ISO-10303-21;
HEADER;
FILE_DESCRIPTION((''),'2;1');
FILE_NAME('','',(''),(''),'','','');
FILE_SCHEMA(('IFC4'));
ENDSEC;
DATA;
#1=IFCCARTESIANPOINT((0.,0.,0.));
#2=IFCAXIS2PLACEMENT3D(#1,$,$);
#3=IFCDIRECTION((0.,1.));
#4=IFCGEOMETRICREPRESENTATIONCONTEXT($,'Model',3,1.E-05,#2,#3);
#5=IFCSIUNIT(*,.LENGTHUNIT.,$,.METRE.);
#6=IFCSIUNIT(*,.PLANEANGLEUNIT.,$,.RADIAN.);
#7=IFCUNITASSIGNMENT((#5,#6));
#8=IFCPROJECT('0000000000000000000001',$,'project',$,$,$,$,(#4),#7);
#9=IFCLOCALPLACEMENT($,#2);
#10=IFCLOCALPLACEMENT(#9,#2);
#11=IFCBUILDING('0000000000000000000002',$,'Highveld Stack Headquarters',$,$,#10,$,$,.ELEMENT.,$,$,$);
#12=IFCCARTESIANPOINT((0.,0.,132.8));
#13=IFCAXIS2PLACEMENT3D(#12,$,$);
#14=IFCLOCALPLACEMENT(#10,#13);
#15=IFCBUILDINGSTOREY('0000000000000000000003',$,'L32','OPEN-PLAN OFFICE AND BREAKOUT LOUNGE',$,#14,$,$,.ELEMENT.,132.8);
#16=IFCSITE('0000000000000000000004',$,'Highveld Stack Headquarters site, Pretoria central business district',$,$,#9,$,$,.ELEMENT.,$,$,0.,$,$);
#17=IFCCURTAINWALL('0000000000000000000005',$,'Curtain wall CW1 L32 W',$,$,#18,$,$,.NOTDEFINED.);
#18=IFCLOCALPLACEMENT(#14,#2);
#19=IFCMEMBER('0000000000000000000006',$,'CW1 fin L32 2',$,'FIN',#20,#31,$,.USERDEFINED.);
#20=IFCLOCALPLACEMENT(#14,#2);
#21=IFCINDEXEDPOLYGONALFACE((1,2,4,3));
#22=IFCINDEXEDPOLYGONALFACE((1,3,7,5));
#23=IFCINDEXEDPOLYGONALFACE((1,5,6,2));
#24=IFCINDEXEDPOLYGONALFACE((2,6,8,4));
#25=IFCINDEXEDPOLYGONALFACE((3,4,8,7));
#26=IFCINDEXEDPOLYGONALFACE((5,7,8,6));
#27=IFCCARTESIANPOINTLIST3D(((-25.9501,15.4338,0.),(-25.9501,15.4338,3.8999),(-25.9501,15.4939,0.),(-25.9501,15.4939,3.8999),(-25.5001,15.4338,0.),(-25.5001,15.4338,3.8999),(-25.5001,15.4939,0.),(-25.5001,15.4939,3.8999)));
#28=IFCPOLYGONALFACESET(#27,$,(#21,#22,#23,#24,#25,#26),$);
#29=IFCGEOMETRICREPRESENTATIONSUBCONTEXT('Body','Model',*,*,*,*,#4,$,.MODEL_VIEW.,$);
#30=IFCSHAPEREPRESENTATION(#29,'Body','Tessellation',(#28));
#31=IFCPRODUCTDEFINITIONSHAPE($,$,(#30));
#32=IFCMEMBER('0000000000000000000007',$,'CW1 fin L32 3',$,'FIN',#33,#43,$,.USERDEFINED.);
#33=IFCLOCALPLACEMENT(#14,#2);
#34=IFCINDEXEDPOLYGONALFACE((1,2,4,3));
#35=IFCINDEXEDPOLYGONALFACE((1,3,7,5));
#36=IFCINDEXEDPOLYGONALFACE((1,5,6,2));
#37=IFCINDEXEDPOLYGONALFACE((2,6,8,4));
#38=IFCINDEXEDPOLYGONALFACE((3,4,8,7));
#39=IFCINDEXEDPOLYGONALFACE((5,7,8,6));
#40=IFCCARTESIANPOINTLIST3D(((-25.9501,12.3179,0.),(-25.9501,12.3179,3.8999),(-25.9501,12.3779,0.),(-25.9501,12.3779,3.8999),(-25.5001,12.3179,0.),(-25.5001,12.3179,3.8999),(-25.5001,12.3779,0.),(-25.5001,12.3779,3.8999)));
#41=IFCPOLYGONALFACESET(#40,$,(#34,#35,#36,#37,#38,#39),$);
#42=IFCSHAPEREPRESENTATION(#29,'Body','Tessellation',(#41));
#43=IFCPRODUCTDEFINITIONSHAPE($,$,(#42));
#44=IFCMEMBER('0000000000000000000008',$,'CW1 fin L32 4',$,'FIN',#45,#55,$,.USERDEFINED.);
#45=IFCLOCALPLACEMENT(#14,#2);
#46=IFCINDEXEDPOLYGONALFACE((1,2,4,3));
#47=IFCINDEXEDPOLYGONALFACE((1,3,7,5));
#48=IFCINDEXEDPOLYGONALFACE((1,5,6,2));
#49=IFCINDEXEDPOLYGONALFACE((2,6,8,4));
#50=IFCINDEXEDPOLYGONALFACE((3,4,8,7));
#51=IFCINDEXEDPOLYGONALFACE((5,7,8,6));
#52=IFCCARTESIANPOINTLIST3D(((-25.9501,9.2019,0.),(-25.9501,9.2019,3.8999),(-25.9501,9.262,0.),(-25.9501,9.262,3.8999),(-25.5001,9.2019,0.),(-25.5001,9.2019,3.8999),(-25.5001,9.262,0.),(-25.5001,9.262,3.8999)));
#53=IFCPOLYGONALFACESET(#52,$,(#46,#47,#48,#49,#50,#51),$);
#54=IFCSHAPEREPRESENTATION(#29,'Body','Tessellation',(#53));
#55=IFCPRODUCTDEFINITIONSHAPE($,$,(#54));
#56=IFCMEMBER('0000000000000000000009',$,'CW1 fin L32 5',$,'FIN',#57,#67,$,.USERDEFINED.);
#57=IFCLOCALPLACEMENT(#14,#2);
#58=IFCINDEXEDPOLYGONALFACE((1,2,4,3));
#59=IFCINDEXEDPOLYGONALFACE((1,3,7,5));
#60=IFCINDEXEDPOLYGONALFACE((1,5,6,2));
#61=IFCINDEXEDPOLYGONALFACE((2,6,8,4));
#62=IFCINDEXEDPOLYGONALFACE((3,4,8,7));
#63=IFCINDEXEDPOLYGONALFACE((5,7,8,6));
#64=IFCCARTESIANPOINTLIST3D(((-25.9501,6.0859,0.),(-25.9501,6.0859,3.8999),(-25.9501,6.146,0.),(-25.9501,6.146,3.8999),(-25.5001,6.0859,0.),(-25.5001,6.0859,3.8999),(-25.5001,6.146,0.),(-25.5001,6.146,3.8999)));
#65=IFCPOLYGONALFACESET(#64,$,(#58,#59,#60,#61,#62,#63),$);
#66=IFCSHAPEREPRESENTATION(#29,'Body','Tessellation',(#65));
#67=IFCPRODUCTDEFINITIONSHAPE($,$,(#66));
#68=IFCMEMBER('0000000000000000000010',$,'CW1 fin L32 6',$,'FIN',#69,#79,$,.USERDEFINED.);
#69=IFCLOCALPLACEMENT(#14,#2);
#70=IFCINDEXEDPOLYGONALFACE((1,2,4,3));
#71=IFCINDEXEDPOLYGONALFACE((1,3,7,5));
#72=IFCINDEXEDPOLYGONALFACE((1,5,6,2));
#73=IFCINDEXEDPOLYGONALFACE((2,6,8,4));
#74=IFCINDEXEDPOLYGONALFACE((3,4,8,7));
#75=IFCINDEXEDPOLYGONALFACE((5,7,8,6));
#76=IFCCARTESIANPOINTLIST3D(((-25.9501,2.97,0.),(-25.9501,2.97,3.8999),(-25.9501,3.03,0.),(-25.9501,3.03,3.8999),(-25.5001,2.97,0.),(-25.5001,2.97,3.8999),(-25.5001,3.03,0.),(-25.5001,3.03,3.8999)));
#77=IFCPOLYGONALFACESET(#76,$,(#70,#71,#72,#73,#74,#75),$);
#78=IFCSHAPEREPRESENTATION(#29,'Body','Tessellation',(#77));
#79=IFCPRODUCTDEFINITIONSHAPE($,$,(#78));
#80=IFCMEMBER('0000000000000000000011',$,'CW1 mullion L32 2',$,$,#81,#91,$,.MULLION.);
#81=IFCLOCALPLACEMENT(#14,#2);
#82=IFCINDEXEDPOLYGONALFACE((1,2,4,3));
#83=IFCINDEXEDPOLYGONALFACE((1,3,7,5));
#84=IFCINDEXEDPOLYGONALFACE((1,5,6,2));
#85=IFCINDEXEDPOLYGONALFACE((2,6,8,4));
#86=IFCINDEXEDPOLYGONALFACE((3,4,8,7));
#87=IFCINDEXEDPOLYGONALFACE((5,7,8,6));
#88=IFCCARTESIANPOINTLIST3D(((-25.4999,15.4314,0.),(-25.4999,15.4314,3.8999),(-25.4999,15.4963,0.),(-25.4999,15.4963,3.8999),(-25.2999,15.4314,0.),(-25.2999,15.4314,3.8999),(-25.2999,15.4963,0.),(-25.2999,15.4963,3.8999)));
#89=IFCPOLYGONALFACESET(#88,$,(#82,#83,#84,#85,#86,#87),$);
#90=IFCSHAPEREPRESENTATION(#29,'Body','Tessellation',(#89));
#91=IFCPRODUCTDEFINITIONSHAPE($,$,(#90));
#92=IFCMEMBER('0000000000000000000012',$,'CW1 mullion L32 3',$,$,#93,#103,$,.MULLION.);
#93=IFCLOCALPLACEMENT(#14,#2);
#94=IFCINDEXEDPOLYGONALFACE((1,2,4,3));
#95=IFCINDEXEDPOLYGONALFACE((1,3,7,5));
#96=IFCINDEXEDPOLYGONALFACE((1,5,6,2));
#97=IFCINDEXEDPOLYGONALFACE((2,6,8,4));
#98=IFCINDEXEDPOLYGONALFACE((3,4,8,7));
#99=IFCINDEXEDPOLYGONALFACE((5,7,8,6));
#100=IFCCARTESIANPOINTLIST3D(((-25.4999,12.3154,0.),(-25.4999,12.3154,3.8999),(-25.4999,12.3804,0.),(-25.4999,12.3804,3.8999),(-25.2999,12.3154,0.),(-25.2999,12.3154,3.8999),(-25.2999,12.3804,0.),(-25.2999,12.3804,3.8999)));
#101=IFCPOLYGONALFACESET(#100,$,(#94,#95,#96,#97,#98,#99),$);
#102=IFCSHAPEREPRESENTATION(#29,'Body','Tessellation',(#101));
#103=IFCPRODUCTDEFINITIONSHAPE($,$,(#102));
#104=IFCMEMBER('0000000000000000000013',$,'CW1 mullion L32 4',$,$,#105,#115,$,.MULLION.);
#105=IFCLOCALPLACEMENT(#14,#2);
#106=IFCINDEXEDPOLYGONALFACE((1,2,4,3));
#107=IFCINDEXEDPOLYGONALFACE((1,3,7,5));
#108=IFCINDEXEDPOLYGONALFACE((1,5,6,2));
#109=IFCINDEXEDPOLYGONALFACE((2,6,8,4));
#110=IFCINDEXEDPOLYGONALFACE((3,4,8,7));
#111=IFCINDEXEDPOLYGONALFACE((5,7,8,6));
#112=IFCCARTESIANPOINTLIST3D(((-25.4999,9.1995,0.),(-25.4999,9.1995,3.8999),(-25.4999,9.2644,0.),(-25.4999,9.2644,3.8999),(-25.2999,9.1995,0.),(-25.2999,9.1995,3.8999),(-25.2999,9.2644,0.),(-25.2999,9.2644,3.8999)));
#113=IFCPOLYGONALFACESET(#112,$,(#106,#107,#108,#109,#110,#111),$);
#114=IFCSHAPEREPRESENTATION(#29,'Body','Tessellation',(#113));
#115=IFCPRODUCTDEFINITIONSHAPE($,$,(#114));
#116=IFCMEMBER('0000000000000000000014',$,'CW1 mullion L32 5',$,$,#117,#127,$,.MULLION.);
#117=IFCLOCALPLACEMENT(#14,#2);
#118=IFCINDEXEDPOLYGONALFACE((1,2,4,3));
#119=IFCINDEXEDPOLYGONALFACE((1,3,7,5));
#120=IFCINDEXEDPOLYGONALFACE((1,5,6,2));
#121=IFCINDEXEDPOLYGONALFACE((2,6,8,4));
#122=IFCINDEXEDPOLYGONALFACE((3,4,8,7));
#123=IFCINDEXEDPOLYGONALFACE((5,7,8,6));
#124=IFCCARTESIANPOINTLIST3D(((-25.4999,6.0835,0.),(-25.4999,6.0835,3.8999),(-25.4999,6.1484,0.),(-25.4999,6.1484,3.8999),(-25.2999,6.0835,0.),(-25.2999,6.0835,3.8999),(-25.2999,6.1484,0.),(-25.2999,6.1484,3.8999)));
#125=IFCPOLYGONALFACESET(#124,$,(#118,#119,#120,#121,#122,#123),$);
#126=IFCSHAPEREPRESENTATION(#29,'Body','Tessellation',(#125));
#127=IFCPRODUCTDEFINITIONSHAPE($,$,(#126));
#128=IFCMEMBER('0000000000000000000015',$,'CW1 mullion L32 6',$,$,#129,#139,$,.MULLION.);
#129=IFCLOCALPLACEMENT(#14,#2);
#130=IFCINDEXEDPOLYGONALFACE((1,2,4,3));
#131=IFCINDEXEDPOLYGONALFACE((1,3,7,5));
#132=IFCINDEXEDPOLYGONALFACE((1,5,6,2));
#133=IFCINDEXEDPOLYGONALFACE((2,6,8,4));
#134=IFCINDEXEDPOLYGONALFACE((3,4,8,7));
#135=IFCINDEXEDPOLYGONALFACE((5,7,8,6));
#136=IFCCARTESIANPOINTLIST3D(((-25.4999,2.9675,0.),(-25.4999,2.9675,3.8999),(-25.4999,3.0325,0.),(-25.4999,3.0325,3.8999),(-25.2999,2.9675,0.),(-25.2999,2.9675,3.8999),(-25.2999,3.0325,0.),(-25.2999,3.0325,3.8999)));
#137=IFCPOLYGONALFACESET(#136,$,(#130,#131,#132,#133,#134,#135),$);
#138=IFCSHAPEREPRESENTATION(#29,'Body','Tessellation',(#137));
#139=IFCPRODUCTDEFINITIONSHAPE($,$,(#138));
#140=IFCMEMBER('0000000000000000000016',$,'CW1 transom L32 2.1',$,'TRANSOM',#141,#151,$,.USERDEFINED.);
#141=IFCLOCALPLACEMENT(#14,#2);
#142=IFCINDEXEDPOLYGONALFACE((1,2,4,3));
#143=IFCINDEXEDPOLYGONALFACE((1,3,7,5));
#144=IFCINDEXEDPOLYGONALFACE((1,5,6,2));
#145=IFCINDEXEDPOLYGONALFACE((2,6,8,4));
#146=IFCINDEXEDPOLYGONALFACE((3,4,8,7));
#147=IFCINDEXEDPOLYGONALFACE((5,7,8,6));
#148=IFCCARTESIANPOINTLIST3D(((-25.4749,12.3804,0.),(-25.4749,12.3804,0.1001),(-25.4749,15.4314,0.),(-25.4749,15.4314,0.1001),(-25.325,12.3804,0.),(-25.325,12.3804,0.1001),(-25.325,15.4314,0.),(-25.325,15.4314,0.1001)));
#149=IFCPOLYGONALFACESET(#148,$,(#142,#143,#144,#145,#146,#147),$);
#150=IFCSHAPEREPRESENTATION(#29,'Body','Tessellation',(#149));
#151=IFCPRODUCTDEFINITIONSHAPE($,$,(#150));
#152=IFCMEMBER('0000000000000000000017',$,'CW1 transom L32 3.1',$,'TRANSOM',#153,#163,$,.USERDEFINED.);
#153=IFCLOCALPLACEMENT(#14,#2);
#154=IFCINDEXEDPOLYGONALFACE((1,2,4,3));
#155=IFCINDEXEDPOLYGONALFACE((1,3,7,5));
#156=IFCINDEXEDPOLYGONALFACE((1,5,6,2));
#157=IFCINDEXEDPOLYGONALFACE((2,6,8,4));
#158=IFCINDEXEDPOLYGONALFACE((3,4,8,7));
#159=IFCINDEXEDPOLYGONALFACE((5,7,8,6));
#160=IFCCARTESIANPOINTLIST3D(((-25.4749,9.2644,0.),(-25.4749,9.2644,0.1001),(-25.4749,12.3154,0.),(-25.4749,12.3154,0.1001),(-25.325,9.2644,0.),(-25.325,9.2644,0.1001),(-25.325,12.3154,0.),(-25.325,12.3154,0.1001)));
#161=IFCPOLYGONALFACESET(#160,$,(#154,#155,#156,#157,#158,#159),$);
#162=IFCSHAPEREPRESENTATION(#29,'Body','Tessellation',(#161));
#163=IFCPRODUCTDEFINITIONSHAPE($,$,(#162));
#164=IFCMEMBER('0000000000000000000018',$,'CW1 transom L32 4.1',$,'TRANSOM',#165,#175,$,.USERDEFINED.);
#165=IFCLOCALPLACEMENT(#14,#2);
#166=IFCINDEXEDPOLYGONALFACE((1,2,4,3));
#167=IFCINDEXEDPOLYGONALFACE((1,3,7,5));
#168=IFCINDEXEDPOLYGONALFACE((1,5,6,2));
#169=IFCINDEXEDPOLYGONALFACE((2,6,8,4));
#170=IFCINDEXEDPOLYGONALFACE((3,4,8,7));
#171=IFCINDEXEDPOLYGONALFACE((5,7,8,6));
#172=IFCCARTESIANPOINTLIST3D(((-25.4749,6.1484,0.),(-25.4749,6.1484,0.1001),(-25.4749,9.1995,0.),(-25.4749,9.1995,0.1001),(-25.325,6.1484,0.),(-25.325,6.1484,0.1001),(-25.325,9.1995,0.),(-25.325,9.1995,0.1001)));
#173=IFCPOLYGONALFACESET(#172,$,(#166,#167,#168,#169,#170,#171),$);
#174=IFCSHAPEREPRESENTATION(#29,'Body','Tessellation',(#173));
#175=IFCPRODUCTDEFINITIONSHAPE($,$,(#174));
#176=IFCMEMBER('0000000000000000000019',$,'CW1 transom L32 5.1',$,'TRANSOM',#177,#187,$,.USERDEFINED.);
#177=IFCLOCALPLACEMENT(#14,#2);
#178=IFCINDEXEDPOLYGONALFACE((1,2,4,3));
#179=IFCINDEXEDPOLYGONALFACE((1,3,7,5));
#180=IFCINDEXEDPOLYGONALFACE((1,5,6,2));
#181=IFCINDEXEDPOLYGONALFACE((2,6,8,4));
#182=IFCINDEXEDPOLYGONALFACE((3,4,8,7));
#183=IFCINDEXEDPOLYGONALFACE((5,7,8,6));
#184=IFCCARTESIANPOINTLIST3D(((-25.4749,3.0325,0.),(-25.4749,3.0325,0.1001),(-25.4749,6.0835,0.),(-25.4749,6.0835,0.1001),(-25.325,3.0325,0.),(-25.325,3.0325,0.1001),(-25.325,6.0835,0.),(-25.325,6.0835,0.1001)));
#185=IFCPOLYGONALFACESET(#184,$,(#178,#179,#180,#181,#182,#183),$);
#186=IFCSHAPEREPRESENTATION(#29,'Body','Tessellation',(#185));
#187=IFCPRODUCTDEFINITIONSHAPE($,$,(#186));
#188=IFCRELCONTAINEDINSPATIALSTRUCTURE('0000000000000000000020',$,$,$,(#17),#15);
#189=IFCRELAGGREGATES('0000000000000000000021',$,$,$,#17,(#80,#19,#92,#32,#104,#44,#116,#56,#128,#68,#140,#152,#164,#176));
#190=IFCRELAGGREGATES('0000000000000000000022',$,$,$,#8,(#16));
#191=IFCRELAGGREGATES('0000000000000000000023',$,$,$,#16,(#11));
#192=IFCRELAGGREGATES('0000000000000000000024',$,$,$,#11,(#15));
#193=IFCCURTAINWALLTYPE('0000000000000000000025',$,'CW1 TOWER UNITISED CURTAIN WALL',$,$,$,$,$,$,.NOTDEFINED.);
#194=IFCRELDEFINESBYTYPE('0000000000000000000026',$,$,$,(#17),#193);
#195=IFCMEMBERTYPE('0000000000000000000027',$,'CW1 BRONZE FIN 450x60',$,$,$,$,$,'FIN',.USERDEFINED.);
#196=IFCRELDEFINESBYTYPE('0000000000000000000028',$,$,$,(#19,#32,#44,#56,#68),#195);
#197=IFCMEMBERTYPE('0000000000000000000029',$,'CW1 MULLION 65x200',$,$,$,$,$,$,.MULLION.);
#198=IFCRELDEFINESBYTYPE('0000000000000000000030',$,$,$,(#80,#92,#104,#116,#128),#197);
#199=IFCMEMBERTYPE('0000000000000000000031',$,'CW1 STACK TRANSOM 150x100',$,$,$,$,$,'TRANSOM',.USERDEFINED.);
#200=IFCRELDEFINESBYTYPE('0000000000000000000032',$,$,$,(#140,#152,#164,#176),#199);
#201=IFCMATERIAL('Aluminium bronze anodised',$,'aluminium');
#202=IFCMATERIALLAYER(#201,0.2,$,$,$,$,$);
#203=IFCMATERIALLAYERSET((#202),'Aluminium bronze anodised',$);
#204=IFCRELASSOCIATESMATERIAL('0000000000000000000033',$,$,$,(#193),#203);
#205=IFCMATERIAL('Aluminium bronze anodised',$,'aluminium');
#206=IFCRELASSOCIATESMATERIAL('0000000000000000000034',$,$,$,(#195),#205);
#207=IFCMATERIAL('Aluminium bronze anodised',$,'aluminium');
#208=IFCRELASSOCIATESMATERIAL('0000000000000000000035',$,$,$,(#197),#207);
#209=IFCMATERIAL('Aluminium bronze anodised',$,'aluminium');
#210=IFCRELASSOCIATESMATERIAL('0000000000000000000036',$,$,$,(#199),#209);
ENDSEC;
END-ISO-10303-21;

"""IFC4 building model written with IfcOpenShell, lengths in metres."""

from ifc_helpers import new_model, si_unit, direction, frame, origin, origin_2d, place, context, subcontext, project, spatial, rectangle, extrude, material, layer, layer_set, material_profile, profile_set, type_object, element, aggregate, save


model = new_model("IFC4")

# Units and contexts
model_context = context("Model", 3, precision=1e-05, world=origin(), true_north=direction((0.0, 1.0)))
body_context = subcontext(model_context, "Body", "Model", "MODEL_VIEW")
ifc_project = project(units=[si_unit("LENGTHUNIT", "METRE"), si_unit("PLANEANGLEUNIT", "RADIAN")], contexts=[model_context])

# Site, building, storey
site_placement = place(None, origin())
site = spatial("IfcSite", under=ifc_project, at=site_placement, Name="Highveld Stack Headquarters site, Pretoria central business district", CompositionType="ELEMENT", RefElevation=0.0)
building_placement = place(site_placement, origin())
building = spatial("IfcBuilding", under=site, at=building_placement, Name="Highveld Stack Headquarters", CompositionType="ELEMENT")
storey_placement = place(building_placement, frame((0.0, 0.0, 132.8)))
storey = spatial("IfcBuildingStorey", under=building, at=storey_placement, Name="L32", Description="OPEN-PLAN OFFICE AND BREAKOUT LOUNGE", CompositionType="ELEMENT", Elevation=132.8)

# Curtain wall, members
ifc_material_1 = material(Name="Aluminium bronze anodised", Category="aluminium")
ifc_layer_1 = layer(ifc_material_1, 0.2)
ifc_layer_set_1 = layer_set([ifc_layer_1], Name="Aluminium bronze anodised")
curtain_wall_type = type_object("IfcCurtainWallType", Name="CW1 TOWER UNITISED CURTAIN WALL", PredefinedType="NOTDEFINED", material=ifc_layer_set_1)
curtain_wall_placement = place(storey_placement, origin())
curtain_wall = element("IfcCurtainWall", 1, at=curtain_wall_placement, inside=storey, type_object=curtain_wall_type, Name="Curtain wall CW1 L32 W", PredefinedType="NOTDEFINED")
ifc_material_2 = material(Name="Aluminium bronze anodised", Category="aluminium")
ifc_material_profile_1 = material_profile(ifc_material_2, rectangle(XDim=0.45, YDim=0.0601, at=origin_2d()), Name="FIN 450x60")
ifc_profile_set_1 = profile_set([ifc_material_profile_1], Name="Aluminium bronze anodised")
member_type_1 = type_object("IfcMemberType", Name="CW1 BRONZE FIN 450x60", ElementType="FIN", PredefinedType="USERDEFINED", material=ifc_profile_set_1)
member_1_placement = place(storey_placement, frame((-25.7251, 15.4639, 0.0), z_axis=(0.0, 0.0, 1.0), x_axis=(1.0, 0.0, 0.0)))
member_1 = element("IfcMember", 2, at=member_1_placement, type_object=member_type_1, Name="CW1 fin L32 2", ObjectType="FIN", PredefinedType="USERDEFINED", context=body_context, shape_type="SweptSolid", body=[
    extrude(rectangle(XDim=0.45, YDim=0.0601, at=origin_2d()), origin(), (0.0, 0.0, 1.0), 3.8999),
])
member_2_placement = place(storey_placement, frame((-25.7251, 12.3479, 0.0), z_axis=(0.0, 0.0, 1.0), x_axis=(1.0, 0.0, 0.0)))
member_2 = element("IfcMember", 3, at=member_2_placement, type_object=member_type_1, Name="CW1 fin L32 3", ObjectType="FIN", PredefinedType="USERDEFINED", context=body_context, shape_type="SweptSolid", body=[
    extrude(rectangle(XDim=0.45, YDim=0.0601, at=origin_2d()), origin(), (0.0, 0.0, 1.0), 3.8999),
])
member_3_placement = place(storey_placement, frame((-25.7251, 9.2319, 0.0), z_axis=(0.0, 0.0, 1.0), x_axis=(1.0, 0.0, 0.0)))
member_3 = element("IfcMember", 4, at=member_3_placement, type_object=member_type_1, Name="CW1 fin L32 4", ObjectType="FIN", PredefinedType="USERDEFINED", context=body_context, shape_type="SweptSolid", body=[
    extrude(rectangle(XDim=0.45, YDim=0.0601, at=origin_2d()), origin(), (0.0, 0.0, 1.0), 3.8999),
])
member_4_placement = place(storey_placement, frame((-25.7251, 6.116, 0.0), z_axis=(0.0, 0.0, 1.0), x_axis=(1.0, 0.0, 0.0)))
member_4 = element("IfcMember", 5, at=member_4_placement, type_object=member_type_1, Name="CW1 fin L32 5", ObjectType="FIN", PredefinedType="USERDEFINED", context=body_context, shape_type="SweptSolid", body=[
    extrude(rectangle(XDim=0.45, YDim=0.0601, at=origin_2d()), origin(), (0.0, 0.0, 1.0), 3.8999),
])
member_5_placement = place(storey_placement, frame((-25.7251, 3.0, 0.0), z_axis=(0.0, 0.0, 1.0), x_axis=(1.0, 0.0, 0.0)))
member_5 = element("IfcMember", 6, at=member_5_placement, type_object=member_type_1, Name="CW1 fin L32 6", ObjectType="FIN", PredefinedType="USERDEFINED", context=body_context, shape_type="SweptSolid", body=[
    extrude(rectangle(XDim=0.45, YDim=0.0601, at=origin_2d()), origin(), (0.0, 0.0, 1.0), 3.8999),
])
ifc_material_3 = material(Name="Aluminium bronze anodised", Category="aluminium")
ifc_material_profile_2 = material_profile(ifc_material_3, rectangle(XDim=0.2, YDim=0.0649, at=origin_2d()), Name="CW1 MULLION 65x200")
ifc_profile_set_2 = profile_set([ifc_material_profile_2], Name="Aluminium bronze anodised")
member_type_2 = type_object("IfcMemberType", Name="CW1 MULLION 65x200", PredefinedType="MULLION", material=ifc_profile_set_2)
member_6_placement = place(storey_placement, frame((-25.3999, 15.4639, 0.0), z_axis=(0.0, 0.0, 1.0), x_axis=(1.0, 0.0, 0.0)))
member_6 = element("IfcMember", 7, at=member_6_placement, type_object=member_type_2, Name="CW1 mullion L32 2", PredefinedType="MULLION", context=body_context, shape_type="SweptSolid", body=[
    extrude(rectangle(XDim=0.2, YDim=0.0649, at=origin_2d()), origin(), (0.0, 0.0, 1.0), 3.8999),
])
member_7_placement = place(storey_placement, frame((-25.3999, 12.3479, 0.0), z_axis=(0.0, 0.0, 1.0), x_axis=(1.0, 0.0, 0.0)))
member_7 = element("IfcMember", 8, at=member_7_placement, type_object=member_type_2, Name="CW1 mullion L32 3", PredefinedType="MULLION", context=body_context, shape_type="SweptSolid", body=[
    extrude(rectangle(XDim=0.2, YDim=0.0649, at=origin_2d()), origin(), (0.0, 0.0, 1.0), 3.8999),
])
member_8_placement = place(storey_placement, frame((-25.3999, 9.2319, 0.0), z_axis=(0.0, 0.0, 1.0), x_axis=(1.0, 0.0, 0.0)))
member_8 = element("IfcMember", 9, at=member_8_placement, type_object=member_type_2, Name="CW1 mullion L32 4", PredefinedType="MULLION", context=body_context, shape_type="SweptSolid", body=[
    extrude(rectangle(XDim=0.2, YDim=0.0649, at=origin_2d()), origin(), (0.0, 0.0, 1.0), 3.8999),
])
member_9_placement = place(storey_placement, frame((-25.3999, 6.116, 0.0), z_axis=(0.0, 0.0, 1.0), x_axis=(1.0, 0.0, 0.0)))
member_9 = element("IfcMember", 10, at=member_9_placement, type_object=member_type_2, Name="CW1 mullion L32 5", PredefinedType="MULLION", context=body_context, shape_type="SweptSolid", body=[
    extrude(rectangle(XDim=0.2, YDim=0.0649, at=origin_2d()), origin(), (0.0, 0.0, 1.0), 3.8999),
])
member_10_placement = place(storey_placement, frame((-25.3999, 3.0, 0.0), z_axis=(0.0, 0.0, 1.0), x_axis=(1.0, 0.0, 0.0)))
member_10 = element("IfcMember", 11, at=member_10_placement, type_object=member_type_2, Name="CW1 mullion L32 6", PredefinedType="MULLION", context=body_context, shape_type="SweptSolid", body=[
    extrude(rectangle(XDim=0.2, YDim=0.0649, at=origin_2d()), origin(), (0.0, 0.0, 1.0), 3.8999),
])
ifc_material_4 = material(Name="Aluminium bronze anodised", Category="aluminium")
ifc_material_profile_3 = material_profile(ifc_material_4, rectangle(XDim=0.1499, YDim=0.1001, at=origin_2d()), Name="CW1 TRANSOM 150x100")
ifc_profile_set_3 = profile_set([ifc_material_profile_3], Name="Aluminium bronze anodised")
member_type_3 = type_object("IfcMemberType", Name="CW1 STACK TRANSOM 150x100", ElementType="TRANSOM", PredefinedType="USERDEFINED", material=ifc_profile_set_3)
member_11_placement = place(storey_placement, frame((-25.3999, 15.4314, 0.05), z_axis=(0.0, -1.0, 0.0), x_axis=(1.0, 0.0, 0.0)))
member_11 = element("IfcMember", 12, at=member_11_placement, type_object=member_type_3, Name="CW1 transom L32 2.1", ObjectType="TRANSOM", PredefinedType="USERDEFINED", context=body_context, shape_type="SweptSolid", body=[
    extrude(rectangle(XDim=0.1499, YDim=0.1001, at=origin_2d()), origin(), (0.0, 0.0, 1.0), 3.051),
])
member_12_placement = place(storey_placement, frame((-25.3999, 12.3154, 0.05), z_axis=(0.0, -1.0, 0.0), x_axis=(1.0, 0.0, 0.0)))
member_12 = element("IfcMember", 13, at=member_12_placement, type_object=member_type_3, Name="CW1 transom L32 3.1", ObjectType="TRANSOM", PredefinedType="USERDEFINED", context=body_context, shape_type="SweptSolid", body=[
    extrude(rectangle(XDim=0.1499, YDim=0.1001, at=origin_2d()), origin(), (0.0, 0.0, 1.0), 3.051),
])
member_13_placement = place(storey_placement, frame((-25.3999, 9.1995, 0.05), z_axis=(0.0, -1.0, 0.0), x_axis=(1.0, 0.0, 0.0)))
member_13 = element("IfcMember", 14, at=member_13_placement, type_object=member_type_3, Name="CW1 transom L32 4.1", ObjectType="TRANSOM", PredefinedType="USERDEFINED", context=body_context, shape_type="SweptSolid", body=[
    extrude(rectangle(XDim=0.1499, YDim=0.1001, at=origin_2d()), origin(), (0.0, 0.0, 1.0), 3.051),
])
member_14_placement = place(storey_placement, frame((-25.3999, 6.0835, 0.05), z_axis=(0.0, -1.0, 0.0), x_axis=(1.0, 0.0, 0.0)))
member_14 = element("IfcMember", 15, at=member_14_placement, type_object=member_type_3, Name="CW1 transom L32 5.1", ObjectType="TRANSOM", PredefinedType="USERDEFINED", context=body_context, shape_type="SweptSolid", body=[
    extrude(rectangle(XDim=0.1499, YDim=0.1001, at=origin_2d()), origin(), (0.0, 0.0, 1.0), 3.051),
])

aggregate(curtain_wall, [member_6, member_1, member_7, member_2, member_8, member_3, member_9, member_4, member_10, member_5, member_11, member_12, member_13, member_14])

save(model, "model.ifc")
